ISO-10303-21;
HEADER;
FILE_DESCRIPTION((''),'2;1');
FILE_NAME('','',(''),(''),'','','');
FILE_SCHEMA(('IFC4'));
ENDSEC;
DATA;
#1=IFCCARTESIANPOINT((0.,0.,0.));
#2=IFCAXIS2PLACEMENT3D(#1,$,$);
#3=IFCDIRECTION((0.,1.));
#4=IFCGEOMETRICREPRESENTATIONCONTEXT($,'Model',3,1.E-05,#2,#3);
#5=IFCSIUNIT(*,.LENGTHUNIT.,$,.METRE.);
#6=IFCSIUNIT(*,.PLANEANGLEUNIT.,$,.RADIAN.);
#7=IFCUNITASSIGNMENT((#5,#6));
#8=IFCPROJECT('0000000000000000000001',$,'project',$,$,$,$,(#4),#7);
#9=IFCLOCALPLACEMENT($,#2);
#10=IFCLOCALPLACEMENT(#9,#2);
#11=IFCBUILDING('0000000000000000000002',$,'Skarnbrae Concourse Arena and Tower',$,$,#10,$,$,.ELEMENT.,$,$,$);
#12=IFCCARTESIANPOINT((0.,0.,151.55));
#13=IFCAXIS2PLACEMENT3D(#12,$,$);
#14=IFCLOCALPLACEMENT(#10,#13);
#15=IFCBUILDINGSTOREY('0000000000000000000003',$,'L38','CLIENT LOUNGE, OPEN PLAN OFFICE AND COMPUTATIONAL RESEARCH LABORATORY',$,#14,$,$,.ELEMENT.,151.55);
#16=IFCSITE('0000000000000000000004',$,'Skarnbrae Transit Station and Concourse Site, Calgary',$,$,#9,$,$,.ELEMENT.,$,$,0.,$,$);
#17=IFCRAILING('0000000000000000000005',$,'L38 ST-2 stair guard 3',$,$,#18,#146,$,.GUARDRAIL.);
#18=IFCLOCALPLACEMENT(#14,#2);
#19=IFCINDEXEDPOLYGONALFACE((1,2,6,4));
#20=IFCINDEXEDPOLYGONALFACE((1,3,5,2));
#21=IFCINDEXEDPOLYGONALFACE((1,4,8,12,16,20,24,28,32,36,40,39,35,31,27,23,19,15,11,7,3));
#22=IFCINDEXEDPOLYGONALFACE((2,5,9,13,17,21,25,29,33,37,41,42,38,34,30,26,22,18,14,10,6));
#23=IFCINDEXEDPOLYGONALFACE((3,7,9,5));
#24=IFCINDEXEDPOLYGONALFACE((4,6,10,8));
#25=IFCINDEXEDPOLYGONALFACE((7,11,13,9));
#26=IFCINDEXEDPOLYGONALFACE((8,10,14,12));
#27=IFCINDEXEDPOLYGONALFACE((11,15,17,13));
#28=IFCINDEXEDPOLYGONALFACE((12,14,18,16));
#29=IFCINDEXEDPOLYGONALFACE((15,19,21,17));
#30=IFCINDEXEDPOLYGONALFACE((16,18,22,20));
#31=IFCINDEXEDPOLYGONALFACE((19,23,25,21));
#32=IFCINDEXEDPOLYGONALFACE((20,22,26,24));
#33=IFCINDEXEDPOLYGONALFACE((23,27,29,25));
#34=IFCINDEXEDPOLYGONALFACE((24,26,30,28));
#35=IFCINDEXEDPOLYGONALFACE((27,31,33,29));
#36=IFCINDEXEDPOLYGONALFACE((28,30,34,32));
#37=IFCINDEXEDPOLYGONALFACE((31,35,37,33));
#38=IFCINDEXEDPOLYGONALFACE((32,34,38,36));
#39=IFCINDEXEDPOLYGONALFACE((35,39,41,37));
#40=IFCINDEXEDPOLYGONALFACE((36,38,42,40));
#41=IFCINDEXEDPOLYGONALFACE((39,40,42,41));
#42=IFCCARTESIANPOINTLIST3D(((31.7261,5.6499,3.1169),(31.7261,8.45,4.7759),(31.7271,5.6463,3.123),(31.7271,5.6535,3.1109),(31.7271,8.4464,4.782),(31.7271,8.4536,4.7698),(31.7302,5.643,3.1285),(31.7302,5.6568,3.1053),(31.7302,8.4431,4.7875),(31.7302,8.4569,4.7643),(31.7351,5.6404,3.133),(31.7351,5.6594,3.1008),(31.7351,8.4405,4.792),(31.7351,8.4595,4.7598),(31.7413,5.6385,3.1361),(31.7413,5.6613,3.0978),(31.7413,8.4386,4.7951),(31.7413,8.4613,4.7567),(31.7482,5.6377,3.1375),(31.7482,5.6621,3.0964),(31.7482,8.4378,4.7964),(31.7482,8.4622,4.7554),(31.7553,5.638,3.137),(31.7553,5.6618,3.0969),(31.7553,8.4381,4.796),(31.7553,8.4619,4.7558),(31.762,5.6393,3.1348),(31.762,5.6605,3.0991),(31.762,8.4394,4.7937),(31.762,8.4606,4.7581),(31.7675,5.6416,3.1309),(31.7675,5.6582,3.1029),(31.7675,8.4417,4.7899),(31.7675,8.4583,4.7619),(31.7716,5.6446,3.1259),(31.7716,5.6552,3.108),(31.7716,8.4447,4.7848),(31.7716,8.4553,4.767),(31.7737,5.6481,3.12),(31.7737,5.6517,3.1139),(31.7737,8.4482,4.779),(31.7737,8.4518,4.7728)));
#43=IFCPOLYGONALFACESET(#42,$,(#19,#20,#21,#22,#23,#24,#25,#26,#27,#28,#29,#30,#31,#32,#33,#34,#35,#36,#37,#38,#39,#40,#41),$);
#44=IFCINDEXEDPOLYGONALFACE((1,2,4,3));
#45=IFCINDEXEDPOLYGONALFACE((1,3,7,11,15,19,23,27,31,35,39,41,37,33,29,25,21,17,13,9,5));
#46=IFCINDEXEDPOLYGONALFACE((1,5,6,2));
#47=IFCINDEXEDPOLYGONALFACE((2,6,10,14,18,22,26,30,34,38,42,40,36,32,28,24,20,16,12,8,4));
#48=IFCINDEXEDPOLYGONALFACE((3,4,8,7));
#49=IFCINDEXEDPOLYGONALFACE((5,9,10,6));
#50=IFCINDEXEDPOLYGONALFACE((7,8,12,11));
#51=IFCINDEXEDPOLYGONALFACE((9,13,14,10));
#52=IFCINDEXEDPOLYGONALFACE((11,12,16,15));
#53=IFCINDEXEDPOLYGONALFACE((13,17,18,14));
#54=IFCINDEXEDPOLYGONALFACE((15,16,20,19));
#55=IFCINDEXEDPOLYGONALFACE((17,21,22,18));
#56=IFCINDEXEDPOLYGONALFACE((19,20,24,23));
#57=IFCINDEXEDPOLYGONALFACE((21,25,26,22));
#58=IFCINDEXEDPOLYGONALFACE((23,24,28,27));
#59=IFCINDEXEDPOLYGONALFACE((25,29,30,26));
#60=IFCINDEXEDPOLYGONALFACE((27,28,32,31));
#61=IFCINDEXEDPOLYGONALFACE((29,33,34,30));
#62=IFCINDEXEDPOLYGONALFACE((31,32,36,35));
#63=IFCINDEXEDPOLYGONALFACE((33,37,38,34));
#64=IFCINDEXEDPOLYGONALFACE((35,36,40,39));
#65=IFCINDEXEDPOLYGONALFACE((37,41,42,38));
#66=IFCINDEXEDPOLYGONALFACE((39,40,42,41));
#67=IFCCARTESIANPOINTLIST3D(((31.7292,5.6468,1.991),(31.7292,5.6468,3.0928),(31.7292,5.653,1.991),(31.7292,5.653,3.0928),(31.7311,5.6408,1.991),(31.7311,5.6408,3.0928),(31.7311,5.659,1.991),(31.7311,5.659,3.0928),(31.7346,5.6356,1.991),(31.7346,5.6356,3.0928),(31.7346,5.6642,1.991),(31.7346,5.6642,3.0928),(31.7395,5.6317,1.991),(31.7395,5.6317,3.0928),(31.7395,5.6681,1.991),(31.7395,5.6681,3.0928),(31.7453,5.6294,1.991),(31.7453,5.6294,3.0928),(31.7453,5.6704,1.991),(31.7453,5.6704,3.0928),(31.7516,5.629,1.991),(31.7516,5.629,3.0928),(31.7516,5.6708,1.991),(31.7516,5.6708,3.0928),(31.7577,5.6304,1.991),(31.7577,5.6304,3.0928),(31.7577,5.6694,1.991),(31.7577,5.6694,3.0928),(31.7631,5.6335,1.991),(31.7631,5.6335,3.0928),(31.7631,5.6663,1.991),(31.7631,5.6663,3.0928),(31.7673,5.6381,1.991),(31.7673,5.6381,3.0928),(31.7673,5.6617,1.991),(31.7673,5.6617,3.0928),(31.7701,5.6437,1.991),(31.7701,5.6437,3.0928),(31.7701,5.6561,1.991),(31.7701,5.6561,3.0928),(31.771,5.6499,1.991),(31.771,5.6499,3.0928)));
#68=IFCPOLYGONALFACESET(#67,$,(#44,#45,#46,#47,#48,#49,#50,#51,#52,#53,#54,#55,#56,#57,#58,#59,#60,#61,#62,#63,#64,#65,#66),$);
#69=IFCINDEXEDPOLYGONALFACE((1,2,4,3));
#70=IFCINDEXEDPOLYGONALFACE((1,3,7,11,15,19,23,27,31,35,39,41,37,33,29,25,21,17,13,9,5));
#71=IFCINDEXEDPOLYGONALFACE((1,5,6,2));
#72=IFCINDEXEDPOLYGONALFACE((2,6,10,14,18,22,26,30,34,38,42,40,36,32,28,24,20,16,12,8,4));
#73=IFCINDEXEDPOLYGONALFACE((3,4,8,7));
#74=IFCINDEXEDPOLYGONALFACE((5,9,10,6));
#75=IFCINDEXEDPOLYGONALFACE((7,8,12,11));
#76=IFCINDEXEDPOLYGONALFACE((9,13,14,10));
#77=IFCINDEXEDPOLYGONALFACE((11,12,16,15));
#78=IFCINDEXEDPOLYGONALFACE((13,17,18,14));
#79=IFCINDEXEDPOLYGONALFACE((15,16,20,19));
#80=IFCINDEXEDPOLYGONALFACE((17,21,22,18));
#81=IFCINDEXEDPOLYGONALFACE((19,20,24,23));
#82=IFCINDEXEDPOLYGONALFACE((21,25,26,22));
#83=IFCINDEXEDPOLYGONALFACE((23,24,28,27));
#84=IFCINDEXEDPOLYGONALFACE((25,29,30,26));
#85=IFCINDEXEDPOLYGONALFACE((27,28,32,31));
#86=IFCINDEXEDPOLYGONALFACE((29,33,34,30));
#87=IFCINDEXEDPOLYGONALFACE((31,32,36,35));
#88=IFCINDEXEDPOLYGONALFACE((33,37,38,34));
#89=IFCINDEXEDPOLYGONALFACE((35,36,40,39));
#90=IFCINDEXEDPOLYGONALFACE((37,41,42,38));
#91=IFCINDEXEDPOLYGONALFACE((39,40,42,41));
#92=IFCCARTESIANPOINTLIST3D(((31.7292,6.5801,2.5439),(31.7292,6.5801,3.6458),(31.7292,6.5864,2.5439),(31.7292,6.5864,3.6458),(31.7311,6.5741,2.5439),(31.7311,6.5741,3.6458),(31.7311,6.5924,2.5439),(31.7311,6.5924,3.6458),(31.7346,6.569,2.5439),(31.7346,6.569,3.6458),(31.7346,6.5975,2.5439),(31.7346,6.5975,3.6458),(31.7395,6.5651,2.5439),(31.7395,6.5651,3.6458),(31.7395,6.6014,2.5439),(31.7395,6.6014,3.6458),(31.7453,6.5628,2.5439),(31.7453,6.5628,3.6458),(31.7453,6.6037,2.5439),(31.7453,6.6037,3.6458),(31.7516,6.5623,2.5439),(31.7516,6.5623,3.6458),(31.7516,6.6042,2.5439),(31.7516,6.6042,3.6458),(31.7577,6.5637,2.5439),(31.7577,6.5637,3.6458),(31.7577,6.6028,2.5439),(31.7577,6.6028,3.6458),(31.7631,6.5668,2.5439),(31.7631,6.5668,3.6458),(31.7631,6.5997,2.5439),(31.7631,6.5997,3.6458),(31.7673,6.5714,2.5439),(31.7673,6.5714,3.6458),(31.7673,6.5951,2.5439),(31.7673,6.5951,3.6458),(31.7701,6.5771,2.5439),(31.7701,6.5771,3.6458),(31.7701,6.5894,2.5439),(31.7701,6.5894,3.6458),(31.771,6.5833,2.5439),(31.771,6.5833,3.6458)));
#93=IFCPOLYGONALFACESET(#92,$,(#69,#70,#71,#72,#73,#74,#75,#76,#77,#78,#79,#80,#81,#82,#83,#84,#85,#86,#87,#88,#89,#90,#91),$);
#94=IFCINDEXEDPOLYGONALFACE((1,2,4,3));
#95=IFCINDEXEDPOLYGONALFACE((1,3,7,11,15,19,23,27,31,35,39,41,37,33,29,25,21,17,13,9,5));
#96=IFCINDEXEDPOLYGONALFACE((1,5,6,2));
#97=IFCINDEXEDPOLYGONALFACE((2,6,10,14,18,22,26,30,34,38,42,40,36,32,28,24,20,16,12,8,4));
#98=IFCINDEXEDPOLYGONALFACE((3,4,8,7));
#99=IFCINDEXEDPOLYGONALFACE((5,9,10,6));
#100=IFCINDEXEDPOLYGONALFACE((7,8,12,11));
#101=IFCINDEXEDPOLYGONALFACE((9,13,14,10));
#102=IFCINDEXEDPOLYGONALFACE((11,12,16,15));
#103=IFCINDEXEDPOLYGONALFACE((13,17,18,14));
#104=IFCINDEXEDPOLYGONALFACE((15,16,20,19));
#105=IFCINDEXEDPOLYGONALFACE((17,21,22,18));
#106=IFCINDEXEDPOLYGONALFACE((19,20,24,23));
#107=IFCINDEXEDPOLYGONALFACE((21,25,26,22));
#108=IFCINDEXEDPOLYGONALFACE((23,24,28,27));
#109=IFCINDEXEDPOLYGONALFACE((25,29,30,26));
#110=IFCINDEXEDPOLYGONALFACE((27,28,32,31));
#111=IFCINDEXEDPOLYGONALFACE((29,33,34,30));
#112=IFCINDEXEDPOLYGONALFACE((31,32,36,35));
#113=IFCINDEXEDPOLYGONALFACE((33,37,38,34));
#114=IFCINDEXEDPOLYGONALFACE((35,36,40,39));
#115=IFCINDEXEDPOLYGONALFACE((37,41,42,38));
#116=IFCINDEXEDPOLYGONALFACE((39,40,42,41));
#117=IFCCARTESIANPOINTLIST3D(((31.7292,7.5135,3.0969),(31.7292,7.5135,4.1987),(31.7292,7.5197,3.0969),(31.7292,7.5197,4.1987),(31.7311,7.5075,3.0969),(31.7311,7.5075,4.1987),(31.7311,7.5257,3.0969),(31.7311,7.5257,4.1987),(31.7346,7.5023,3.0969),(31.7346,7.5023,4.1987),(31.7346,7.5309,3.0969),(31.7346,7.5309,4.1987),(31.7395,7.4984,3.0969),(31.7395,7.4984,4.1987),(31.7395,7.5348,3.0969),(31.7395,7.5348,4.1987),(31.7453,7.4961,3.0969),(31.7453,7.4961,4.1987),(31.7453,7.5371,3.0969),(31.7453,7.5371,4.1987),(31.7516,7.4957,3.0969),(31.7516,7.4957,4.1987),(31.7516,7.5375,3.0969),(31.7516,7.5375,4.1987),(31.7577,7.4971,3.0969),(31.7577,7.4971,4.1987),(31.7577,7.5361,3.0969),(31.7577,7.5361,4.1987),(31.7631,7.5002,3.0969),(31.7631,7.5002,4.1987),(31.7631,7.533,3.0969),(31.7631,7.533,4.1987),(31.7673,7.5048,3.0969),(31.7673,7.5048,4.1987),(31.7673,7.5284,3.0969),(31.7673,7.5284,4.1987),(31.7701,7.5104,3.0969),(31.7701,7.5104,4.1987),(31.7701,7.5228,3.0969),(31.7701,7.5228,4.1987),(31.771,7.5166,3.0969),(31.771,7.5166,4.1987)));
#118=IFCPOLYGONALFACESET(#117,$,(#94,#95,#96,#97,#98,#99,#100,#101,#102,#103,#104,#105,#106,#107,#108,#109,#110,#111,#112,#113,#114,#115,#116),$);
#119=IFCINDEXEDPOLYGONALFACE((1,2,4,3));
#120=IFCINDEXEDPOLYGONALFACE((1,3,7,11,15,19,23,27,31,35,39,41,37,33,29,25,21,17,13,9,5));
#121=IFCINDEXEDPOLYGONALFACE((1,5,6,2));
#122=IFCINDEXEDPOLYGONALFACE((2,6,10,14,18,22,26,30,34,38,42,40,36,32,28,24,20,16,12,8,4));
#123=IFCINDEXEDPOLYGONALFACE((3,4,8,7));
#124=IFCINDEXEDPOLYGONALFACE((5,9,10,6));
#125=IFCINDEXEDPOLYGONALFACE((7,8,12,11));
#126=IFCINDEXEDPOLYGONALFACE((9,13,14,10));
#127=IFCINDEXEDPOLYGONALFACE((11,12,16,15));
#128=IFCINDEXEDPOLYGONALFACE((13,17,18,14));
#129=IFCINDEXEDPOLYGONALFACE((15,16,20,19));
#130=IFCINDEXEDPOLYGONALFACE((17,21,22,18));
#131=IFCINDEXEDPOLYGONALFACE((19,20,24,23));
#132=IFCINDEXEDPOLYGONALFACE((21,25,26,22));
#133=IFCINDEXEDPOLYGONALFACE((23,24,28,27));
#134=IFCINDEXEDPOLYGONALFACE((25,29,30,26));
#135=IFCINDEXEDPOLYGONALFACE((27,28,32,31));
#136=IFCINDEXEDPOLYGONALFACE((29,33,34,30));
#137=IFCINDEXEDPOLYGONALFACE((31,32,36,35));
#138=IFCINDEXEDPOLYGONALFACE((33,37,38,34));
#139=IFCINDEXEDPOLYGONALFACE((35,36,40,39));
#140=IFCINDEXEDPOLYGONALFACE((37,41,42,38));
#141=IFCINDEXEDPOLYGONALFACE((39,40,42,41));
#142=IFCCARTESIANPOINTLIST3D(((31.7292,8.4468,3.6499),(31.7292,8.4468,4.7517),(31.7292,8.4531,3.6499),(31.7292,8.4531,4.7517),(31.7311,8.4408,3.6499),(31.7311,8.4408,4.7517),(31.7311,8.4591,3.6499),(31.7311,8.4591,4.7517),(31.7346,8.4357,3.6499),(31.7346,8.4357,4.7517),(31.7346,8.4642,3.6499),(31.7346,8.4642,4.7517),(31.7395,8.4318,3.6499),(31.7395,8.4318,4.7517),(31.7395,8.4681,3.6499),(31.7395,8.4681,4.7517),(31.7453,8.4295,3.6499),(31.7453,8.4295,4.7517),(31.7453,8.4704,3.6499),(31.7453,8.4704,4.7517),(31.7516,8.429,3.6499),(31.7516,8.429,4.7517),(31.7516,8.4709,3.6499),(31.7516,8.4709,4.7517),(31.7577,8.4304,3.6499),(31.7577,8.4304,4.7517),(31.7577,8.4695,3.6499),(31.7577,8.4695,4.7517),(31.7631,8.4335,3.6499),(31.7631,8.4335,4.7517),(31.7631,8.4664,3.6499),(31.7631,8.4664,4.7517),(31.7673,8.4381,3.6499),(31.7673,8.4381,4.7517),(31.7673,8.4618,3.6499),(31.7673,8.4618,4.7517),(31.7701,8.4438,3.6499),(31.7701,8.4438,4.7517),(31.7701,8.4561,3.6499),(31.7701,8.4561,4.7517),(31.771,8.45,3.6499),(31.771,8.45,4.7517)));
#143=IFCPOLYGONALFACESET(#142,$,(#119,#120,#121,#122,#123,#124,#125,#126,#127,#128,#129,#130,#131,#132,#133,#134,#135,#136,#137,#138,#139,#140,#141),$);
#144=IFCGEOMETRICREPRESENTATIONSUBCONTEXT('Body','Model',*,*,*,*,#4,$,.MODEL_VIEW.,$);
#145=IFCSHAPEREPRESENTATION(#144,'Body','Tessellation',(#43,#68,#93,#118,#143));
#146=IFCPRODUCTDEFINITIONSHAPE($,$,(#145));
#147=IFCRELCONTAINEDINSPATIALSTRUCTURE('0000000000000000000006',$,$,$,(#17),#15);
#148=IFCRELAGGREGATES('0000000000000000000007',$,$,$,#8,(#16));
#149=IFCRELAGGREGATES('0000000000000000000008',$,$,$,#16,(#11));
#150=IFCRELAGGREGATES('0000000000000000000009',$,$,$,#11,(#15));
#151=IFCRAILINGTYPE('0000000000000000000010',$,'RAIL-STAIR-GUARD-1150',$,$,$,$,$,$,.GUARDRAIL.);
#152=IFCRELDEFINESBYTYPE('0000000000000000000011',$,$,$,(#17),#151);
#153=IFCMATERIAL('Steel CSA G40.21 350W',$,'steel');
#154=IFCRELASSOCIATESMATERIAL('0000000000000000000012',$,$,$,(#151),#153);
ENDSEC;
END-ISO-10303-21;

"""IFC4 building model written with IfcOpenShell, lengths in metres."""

from ifc_helpers import new_model, si_unit, direction, frame, origin, origin_2d, place, context, subcontext, project, spatial, circle, extrude, material, type_object, element, save


model = new_model("IFC4")

# Units and contexts
model_context = context("Model", 3, precision=1e-05, world=origin(), true_north=direction((0.0, 1.0)))
body_context = subcontext(model_context, "Body", "Model", "MODEL_VIEW")
ifc_project = project(units=[si_unit("LENGTHUNIT", "METRE"), si_unit("PLANEANGLEUNIT", "RADIAN")], contexts=[model_context])

# Site, building, storey
site_placement = place(None, origin())
site = spatial("IfcSite", under=ifc_project, at=site_placement, Name="Skarnbrae Transit Station and Concourse Site, Calgary", CompositionType="ELEMENT", RefElevation=0.0)
building_placement = place(site_placement, origin())
building = spatial("IfcBuilding", under=site, at=building_placement, Name="Skarnbrae Concourse Arena and Tower", CompositionType="ELEMENT")
storey_placement = place(building_placement, frame((0.0, 0.0, 151.55)))
storey = spatial("IfcBuildingStorey", under=building, at=storey_placement, Name="L38", Description="CLIENT LOUNGE, OPEN PLAN OFFICE AND COMPUTATIONAL RESEARCH LABORATORY", CompositionType="ELEMENT", Elevation=151.55)

# Shared definitions
ifc_material_1 = material(Name="Steel CSA G40.21 350W", Category="steel")

# Railing
railing_type_1 = type_object("IfcRailingType", Name="RAIL-STAIR-GUARD-1150", PredefinedType="GUARDRAIL", material=ifc_material_1)
railing_1_placement = place(storey_placement, frame((31.75, 5.6499, 1.991)))
element("IfcRailing", 1, at=railing_1_placement, inside=storey, type_object=railing_type_1, Name="L38 ST-2 stair guard 3", PredefinedType="GUARDRAIL", context=body_context, shape_type="SweptSolid", body=[
    extrude(circle(Radius=0.0239, at=origin_2d()), frame((0.0, 0.0, 1.126), z_axis=(0.0, 0.860339, 0.509722), x_axis=(-1.0, 0.0, 0.0)), (0.0, 0.0, 1.0), 3.2546),
    extrude(circle(Radius=0.021, at=origin_2d()), origin(), (0.0, 0.0, 1.0), 1.1018),
    extrude(circle(Radius=0.021, at=origin_2d()), frame((0.0, 0.9333, 0.553)), (0.0, 0.0, 1.0), 1.1018),
    extrude(circle(Radius=0.021, at=origin_2d()), frame((0.0, 1.8667, 1.106)), (0.0, 0.0, 1.0), 1.1018),
    extrude(circle(Radius=0.021, at=origin_2d()), frame((0.0, 2.8, 1.6589)), (0.0, 0.0, 1.0), 1.1018),
])

save(model, "model.ifc")
